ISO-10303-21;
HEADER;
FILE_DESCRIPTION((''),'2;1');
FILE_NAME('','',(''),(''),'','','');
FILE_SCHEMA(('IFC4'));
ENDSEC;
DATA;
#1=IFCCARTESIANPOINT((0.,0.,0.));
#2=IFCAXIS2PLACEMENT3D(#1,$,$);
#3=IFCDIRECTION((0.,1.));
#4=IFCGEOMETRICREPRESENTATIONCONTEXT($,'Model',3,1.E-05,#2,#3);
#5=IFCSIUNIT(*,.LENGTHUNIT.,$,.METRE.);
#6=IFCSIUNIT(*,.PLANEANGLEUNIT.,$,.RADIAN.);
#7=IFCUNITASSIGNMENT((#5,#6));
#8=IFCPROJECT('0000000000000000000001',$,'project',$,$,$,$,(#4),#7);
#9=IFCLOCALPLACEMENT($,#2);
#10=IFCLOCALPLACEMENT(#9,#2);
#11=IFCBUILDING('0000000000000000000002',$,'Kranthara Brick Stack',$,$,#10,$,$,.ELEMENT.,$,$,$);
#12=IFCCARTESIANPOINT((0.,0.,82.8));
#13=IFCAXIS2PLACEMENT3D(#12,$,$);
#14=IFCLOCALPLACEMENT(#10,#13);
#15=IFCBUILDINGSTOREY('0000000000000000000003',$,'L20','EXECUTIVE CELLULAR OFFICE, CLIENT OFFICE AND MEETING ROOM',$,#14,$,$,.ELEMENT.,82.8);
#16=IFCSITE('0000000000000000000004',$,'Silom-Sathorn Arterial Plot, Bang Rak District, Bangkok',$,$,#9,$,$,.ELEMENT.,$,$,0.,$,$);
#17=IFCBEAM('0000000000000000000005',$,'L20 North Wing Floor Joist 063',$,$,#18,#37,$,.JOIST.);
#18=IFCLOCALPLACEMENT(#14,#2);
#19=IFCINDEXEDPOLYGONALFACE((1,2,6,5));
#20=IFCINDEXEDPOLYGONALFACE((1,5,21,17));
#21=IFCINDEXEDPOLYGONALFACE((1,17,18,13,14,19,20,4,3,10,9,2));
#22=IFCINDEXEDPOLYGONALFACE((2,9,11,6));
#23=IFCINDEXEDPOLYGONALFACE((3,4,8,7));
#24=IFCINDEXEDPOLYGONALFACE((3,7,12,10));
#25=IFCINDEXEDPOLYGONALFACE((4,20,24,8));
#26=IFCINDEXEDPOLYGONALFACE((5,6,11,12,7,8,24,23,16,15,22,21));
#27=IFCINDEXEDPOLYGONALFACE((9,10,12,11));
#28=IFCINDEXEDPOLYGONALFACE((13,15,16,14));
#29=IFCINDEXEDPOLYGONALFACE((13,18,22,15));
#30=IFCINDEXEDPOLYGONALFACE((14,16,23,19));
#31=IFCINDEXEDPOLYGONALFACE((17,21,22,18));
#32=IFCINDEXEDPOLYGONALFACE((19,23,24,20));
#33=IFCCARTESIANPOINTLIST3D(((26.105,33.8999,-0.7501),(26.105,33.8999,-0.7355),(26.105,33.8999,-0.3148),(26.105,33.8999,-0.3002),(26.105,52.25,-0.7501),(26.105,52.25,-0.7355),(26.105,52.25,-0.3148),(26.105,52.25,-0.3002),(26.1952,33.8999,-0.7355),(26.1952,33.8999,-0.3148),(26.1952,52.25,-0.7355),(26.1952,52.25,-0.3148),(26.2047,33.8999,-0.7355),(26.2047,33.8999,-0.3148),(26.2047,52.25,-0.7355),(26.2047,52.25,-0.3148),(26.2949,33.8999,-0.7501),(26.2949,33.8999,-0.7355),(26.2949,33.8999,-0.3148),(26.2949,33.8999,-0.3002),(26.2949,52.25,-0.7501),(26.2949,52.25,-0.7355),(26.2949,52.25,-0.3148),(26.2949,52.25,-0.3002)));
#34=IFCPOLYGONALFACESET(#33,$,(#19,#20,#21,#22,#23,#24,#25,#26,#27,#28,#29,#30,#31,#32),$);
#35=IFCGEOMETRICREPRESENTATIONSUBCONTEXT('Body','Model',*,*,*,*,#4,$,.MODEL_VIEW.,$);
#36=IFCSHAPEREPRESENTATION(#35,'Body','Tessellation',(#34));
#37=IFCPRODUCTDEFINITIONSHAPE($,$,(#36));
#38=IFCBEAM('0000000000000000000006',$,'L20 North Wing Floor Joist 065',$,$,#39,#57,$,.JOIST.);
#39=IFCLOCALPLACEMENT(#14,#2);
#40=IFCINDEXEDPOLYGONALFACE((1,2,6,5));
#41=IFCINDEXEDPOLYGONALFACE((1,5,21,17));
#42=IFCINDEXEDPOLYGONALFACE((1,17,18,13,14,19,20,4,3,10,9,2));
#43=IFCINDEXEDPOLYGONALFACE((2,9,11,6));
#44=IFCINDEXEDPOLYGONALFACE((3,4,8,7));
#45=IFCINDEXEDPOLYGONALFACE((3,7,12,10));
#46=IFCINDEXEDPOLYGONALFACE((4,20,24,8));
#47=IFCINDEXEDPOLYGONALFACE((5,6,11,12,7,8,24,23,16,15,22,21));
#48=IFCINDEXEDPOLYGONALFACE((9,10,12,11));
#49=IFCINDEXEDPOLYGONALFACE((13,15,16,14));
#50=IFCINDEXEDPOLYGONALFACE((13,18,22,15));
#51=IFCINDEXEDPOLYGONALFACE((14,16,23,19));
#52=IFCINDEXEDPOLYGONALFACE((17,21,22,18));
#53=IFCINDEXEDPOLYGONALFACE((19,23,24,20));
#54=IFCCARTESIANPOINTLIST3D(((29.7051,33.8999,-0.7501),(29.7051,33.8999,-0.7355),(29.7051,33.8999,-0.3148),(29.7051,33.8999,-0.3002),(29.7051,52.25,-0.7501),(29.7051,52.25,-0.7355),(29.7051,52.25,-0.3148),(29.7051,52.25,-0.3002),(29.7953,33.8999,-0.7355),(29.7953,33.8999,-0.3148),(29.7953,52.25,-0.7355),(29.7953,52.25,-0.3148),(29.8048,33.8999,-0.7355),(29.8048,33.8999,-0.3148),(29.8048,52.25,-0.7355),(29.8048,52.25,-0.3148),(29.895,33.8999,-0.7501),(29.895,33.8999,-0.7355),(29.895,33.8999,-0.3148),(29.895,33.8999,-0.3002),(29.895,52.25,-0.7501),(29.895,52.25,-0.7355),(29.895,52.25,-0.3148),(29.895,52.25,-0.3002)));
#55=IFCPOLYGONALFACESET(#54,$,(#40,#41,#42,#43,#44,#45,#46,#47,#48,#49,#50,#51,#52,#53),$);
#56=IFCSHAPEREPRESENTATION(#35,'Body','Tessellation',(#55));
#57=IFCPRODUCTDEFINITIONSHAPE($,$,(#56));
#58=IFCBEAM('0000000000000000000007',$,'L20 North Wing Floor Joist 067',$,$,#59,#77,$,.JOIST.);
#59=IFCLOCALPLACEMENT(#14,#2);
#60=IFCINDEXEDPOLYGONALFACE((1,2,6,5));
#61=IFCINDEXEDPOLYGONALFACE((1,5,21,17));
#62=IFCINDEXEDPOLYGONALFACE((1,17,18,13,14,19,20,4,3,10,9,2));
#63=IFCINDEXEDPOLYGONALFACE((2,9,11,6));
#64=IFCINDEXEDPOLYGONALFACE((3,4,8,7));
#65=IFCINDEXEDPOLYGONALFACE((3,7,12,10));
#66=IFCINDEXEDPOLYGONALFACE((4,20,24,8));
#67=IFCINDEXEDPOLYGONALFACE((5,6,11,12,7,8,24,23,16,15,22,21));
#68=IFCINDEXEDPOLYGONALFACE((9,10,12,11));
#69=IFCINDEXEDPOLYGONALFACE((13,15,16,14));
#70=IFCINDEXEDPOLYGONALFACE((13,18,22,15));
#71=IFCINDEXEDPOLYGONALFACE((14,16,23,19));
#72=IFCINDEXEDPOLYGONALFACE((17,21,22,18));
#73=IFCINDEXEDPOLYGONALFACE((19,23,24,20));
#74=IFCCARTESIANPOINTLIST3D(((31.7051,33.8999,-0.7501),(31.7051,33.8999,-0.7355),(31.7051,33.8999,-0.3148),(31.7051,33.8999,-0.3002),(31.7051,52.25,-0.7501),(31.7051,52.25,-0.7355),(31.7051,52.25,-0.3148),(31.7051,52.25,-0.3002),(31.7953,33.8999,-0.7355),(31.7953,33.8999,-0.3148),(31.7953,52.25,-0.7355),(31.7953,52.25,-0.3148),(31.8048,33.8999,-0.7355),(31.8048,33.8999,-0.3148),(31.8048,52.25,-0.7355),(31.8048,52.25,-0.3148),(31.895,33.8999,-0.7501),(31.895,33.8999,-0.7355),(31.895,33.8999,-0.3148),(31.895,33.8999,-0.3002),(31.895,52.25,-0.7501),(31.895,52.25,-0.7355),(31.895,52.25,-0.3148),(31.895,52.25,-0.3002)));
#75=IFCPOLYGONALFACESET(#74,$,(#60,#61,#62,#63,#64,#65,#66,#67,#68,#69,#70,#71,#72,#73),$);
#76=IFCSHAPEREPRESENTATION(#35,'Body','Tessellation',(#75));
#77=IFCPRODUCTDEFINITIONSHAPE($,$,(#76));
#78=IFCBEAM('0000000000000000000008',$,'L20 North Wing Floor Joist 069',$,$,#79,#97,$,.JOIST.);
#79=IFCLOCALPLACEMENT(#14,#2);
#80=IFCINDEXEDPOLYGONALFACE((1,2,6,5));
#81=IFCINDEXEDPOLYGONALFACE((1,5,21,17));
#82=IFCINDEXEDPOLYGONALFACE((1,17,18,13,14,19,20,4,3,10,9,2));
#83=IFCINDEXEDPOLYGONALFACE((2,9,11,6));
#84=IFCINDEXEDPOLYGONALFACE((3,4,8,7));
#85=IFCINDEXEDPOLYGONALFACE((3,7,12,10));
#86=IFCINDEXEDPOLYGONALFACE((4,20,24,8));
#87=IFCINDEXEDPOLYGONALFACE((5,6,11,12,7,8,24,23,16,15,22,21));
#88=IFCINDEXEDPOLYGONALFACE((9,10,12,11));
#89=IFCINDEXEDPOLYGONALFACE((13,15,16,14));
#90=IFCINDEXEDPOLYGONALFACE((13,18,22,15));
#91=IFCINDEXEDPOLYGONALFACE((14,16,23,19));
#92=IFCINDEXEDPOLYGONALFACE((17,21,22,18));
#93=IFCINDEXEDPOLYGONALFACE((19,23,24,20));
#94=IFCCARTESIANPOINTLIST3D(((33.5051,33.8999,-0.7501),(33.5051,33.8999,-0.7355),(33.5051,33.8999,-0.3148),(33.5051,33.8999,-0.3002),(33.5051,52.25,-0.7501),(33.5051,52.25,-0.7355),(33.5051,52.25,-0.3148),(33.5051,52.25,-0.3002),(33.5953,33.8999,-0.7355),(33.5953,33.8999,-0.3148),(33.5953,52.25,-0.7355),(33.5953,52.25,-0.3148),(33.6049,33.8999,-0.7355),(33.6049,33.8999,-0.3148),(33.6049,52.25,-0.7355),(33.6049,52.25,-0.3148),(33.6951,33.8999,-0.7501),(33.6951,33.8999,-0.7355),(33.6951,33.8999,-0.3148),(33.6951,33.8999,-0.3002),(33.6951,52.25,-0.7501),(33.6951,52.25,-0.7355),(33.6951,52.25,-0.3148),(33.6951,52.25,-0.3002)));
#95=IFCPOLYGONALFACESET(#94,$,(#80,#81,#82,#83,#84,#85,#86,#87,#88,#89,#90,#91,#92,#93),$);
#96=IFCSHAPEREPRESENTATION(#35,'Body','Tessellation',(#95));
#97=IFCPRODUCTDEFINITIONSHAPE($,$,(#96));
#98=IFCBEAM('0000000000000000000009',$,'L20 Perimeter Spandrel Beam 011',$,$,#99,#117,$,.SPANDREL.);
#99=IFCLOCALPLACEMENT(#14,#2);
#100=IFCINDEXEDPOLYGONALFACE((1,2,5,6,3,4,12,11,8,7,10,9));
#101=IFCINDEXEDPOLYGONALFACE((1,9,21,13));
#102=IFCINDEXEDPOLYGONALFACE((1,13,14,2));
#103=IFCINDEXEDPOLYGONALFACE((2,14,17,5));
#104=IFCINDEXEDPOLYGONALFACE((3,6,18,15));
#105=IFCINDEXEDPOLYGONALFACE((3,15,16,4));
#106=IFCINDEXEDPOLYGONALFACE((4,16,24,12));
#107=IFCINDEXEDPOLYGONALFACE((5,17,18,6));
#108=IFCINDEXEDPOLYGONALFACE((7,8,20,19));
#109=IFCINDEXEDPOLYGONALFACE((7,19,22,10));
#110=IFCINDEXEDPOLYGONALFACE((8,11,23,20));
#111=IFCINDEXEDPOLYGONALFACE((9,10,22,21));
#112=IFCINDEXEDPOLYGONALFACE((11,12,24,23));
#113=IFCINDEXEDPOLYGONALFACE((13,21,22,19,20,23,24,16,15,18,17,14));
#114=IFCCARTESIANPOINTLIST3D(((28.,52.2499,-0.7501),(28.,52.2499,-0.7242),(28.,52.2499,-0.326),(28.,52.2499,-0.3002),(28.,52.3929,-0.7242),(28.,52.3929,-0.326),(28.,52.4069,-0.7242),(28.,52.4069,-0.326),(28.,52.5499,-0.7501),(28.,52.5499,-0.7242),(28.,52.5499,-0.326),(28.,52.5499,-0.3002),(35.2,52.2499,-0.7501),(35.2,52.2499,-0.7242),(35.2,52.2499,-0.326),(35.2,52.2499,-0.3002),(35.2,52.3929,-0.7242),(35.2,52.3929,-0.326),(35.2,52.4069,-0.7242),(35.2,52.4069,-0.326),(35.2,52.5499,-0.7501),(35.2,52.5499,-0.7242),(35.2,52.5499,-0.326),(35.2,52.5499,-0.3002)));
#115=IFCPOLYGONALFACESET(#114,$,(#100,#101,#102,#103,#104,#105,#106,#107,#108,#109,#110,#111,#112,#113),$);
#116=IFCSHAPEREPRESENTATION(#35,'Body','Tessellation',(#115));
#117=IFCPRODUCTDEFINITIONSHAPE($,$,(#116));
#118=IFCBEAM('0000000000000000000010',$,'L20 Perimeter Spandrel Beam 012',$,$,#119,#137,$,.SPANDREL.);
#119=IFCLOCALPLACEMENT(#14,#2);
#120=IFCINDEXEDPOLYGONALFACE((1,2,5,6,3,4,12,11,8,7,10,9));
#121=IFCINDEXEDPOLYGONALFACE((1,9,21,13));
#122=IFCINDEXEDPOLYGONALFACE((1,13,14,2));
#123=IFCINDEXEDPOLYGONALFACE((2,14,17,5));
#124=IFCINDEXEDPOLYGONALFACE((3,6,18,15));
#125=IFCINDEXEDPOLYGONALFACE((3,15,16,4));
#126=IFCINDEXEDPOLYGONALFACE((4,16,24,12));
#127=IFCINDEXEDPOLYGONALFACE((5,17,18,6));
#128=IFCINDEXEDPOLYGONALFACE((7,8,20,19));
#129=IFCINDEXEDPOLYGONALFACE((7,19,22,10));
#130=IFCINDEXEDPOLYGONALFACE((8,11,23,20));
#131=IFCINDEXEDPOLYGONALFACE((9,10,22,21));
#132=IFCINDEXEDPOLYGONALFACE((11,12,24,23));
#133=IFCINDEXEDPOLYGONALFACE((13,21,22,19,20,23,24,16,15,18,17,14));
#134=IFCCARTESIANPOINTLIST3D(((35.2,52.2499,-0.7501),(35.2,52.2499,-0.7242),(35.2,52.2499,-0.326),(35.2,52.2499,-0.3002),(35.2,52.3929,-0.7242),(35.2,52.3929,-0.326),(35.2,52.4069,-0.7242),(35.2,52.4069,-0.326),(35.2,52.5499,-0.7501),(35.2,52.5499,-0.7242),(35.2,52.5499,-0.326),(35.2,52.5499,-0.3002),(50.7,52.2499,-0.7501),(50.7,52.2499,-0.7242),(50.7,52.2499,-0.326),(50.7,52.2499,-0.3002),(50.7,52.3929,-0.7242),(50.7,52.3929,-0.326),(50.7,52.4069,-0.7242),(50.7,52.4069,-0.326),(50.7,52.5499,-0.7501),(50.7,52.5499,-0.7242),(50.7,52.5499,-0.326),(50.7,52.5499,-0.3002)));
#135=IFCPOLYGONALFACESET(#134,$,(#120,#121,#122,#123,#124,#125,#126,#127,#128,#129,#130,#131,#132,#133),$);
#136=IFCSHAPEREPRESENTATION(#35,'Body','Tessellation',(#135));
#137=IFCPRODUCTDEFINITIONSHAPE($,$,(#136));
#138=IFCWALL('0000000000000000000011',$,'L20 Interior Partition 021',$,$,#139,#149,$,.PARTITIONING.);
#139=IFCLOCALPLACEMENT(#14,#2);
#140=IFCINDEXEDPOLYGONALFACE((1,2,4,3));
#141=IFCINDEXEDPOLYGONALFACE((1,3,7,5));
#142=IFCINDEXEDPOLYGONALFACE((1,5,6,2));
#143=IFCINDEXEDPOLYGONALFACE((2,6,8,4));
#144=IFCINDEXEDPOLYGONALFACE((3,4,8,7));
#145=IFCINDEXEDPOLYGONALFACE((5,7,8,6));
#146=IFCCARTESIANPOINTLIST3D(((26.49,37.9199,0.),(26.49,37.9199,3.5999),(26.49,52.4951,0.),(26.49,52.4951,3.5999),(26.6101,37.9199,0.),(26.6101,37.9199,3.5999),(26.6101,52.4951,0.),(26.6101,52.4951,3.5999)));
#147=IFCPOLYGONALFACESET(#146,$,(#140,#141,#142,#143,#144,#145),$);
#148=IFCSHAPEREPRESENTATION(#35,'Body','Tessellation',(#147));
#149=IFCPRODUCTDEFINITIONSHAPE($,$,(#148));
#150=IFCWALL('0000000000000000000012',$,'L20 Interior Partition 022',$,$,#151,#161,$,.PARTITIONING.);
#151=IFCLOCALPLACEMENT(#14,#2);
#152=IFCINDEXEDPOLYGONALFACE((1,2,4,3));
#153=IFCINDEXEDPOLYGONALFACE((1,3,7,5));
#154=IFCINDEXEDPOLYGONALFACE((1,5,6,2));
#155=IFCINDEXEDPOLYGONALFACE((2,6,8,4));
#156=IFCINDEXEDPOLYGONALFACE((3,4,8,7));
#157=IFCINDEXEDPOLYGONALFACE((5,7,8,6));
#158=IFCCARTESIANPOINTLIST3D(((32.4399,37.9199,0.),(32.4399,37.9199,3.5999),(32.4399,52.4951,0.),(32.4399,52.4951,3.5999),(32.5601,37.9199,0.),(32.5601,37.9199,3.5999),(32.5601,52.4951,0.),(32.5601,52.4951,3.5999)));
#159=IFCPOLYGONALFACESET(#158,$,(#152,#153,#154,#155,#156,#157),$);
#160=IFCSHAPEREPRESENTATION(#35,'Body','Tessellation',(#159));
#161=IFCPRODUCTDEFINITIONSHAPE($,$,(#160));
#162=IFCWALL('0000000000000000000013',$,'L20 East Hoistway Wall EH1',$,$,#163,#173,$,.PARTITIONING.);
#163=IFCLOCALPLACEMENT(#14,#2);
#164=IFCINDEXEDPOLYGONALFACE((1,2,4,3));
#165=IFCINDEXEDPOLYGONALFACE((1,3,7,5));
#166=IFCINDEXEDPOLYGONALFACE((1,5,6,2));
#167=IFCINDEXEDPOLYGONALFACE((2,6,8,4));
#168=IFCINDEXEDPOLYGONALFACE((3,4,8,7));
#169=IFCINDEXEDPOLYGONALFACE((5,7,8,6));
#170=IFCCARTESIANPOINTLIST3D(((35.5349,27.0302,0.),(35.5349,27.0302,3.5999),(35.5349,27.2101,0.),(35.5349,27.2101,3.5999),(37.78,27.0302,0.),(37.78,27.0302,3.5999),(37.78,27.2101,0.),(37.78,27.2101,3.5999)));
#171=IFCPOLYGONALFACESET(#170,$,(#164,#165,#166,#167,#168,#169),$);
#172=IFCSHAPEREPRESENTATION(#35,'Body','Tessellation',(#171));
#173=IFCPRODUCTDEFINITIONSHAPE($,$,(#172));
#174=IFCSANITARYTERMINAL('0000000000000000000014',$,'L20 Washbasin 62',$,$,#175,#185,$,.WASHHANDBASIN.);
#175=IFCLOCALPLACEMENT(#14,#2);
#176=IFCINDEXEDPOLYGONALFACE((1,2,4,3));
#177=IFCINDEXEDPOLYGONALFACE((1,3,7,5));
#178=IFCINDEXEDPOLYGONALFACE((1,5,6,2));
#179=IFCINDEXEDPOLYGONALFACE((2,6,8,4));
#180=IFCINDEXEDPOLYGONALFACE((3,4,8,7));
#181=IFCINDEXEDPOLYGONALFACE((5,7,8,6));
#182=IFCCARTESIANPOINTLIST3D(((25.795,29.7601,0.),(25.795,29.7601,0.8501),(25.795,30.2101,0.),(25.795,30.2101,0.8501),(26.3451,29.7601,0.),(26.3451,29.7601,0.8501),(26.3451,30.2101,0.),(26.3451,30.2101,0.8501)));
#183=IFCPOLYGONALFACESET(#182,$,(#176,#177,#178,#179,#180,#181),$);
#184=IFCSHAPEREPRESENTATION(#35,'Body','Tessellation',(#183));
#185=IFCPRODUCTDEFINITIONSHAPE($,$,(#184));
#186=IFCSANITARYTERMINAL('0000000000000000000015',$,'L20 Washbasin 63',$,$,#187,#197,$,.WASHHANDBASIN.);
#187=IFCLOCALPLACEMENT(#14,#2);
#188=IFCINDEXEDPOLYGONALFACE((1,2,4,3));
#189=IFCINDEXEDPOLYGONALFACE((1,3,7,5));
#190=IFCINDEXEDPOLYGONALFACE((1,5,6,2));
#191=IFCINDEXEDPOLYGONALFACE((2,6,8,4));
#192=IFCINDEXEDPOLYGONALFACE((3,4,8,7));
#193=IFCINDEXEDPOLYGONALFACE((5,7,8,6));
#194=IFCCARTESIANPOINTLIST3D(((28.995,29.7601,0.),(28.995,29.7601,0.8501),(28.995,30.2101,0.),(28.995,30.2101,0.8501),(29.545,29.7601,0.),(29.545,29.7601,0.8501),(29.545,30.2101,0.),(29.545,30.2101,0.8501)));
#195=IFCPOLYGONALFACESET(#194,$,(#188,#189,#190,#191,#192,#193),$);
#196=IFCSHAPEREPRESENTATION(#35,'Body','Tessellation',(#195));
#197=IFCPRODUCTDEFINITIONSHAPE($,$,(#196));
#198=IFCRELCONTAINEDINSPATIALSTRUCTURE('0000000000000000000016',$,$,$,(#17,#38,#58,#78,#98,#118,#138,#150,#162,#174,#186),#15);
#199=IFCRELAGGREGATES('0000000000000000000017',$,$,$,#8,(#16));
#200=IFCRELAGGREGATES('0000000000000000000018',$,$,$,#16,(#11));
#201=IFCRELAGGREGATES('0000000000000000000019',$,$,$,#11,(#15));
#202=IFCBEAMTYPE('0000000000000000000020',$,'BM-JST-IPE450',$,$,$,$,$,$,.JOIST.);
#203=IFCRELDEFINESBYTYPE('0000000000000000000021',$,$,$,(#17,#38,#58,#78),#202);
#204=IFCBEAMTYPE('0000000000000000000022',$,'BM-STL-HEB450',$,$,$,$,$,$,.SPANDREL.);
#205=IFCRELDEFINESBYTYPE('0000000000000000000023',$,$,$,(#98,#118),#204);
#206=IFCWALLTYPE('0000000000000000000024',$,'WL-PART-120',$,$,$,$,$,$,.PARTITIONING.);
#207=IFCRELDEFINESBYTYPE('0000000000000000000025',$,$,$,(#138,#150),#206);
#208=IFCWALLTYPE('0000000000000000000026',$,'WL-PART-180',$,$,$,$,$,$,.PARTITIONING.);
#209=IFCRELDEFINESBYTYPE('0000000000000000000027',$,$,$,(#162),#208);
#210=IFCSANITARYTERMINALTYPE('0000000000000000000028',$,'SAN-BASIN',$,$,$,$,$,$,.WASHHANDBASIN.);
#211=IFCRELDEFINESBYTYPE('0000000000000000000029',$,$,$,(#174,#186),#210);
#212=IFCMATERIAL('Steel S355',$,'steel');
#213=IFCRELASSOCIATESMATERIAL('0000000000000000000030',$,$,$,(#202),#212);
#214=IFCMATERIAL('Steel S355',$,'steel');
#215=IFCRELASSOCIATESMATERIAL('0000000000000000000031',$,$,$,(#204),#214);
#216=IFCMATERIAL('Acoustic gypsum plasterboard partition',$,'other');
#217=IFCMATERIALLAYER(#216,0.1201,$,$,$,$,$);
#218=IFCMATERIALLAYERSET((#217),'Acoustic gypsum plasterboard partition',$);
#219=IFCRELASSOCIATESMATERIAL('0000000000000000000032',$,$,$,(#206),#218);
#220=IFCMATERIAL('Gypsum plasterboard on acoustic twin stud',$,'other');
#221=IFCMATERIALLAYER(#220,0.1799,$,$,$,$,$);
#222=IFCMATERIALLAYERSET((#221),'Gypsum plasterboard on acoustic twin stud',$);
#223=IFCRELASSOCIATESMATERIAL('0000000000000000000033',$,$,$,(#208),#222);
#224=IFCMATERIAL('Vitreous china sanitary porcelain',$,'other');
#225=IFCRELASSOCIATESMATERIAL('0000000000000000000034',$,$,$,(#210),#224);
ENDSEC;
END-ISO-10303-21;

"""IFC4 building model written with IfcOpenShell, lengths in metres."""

from ifc_helpers import new_model, si_unit, direction, frame, frame_2d, origin, origin_2d, place, context, subcontext, project, spatial, rectangle, i_section, extrude, material, layer, layer_set, material_profile, profile_set, type_object, element, save


model = new_model("IFC4")

# Units and contexts
model_context = context("Model", 3, precision=1e-05, world=origin(), true_north=direction((0.0, 1.0)))
body_context = subcontext(model_context, "Body", "Model", "MODEL_VIEW")
ifc_project = project(units=[si_unit("LENGTHUNIT", "METRE"), si_unit("PLANEANGLEUNIT", "RADIAN")], contexts=[model_context])

# Site, building, storey
site_placement = place(None, origin())
site = spatial("IfcSite", under=ifc_project, at=site_placement, Name="Silom-Sathorn Arterial Plot, Bang Rak District, Bangkok", CompositionType="ELEMENT", RefElevation=0.0)
building_placement = place(site_placement, origin())
building = spatial("IfcBuilding", under=site, at=building_placement, Name="Kranthara Brick Stack", CompositionType="ELEMENT")
storey_placement = place(building_placement, frame((0.0, 0.0, 82.8)))
storey = spatial("IfcBuildingStorey", under=building, at=storey_placement, Name="L20", Description="EXECUTIVE CELLULAR OFFICE, CLIENT OFFICE AND MEETING ROOM", CompositionType="ELEMENT", Elevation=82.8)

# Beams
ifc_material_1 = material(Name="Steel S355", Category="steel")
ifc_material_profile_1 = material_profile(ifc_material_1, i_section(OverallWidth=0.1899, OverallDepth=0.45, WebThickness=0.0095, FlangeThickness=0.0146, at=origin_2d()), Name="IPE 450")
ifc_profile_set_1 = profile_set([ifc_material_profile_1], Name="Steel S355")
beam_type_1 = type_object("IfcBeamType", Name="BM-JST-IPE450", PredefinedType="JOIST", material=ifc_profile_set_1)
for number, where, z_axis, x_axis, name in (
    (1, (26.2, 33.8999, -0.5251), (0.0, 1.0, 0.0), (-1.0, 0.0, 0.0), "L20 North Wing Floor Joist 063"),
    (2, (29.8, 33.8999, -0.5251), (0.0, 1.0, 0.0), (-1.0, 0.0, 0.0), "L20 North Wing Floor Joist 065"),
    (3, (31.8, 33.8999, -0.5251), (0.0, 1.0, 0.0), (-1.0, 0.0, 0.0), "L20 North Wing Floor Joist 067"),
    (4, (33.6001, 33.8999, -0.5251), (0.0, 1.0, 0.0), (-1.0, 0.0, 0.0), "L20 North Wing Floor Joist 069"),
):
    element("IfcBeam", number, at=place(storey_placement, frame(where, z_axis=z_axis, x_axis=x_axis)), inside=storey, type_object=beam_type_1, Name=name, PredefinedType="JOIST", context=body_context, shape_type="SweptSolid", body=[
        extrude(i_section(OverallWidth=0.1899, OverallDepth=0.45, WebThickness=0.0095, FlangeThickness=0.0146, at=origin_2d()), origin(), (0.0, 0.0, 1.0), 18.3501),
    ])
ifc_material_2 = material(Name="Steel S355", Category="steel")
ifc_material_profile_2 = material_profile(ifc_material_2, i_section(OverallWidth=0.3, OverallDepth=0.45, WebThickness=0.0139, FlangeThickness=0.0259, at=origin_2d()), Name="HEB 450")
ifc_profile_set_2 = profile_set([ifc_material_profile_2], Name="Steel S355")
beam_type_2 = type_object("IfcBeamType", Name="BM-STL-HEB450", PredefinedType="SPANDREL", material=ifc_profile_set_2)
beam_1_placement = place(storey_placement, frame((28.0, 52.3999, -0.5251), z_axis=(1.0, 0.0, 0.0), x_axis=(0.0, 1.0, 0.0)))
element("IfcBeam", 5, at=beam_1_placement, inside=storey, type_object=beam_type_2, Name="L20 Perimeter Spandrel Beam 011", PredefinedType="SPANDREL", context=body_context, shape_type="SweptSolid", body=[
    extrude(i_section(OverallWidth=0.3, OverallDepth=0.45, WebThickness=0.0139, FlangeThickness=0.0259, at=origin_2d()), origin(), (0.0, 0.0, 1.0), 7.2),
])
beam_2_placement = place(storey_placement, frame((35.2, 52.3999, -0.5251), z_axis=(1.0, 0.0, 0.0), x_axis=(0.0, 1.0, 0.0)))
element("IfcBeam", 6, at=beam_2_placement, inside=storey, type_object=beam_type_2, Name="L20 Perimeter Spandrel Beam 012", PredefinedType="SPANDREL", context=body_context, shape_type="SweptSolid", body=[
    extrude(i_section(OverallWidth=0.3, OverallDepth=0.45, WebThickness=0.0139, FlangeThickness=0.0259, at=origin_2d()), origin(), (0.0, 0.0, 1.0), 15.5),
])

# Walls
ifc_material_3 = material(Name="Acoustic gypsum plasterboard partition", Category="other")
ifc_layer_1 = layer(ifc_material_3, 0.1201)
ifc_layer_set_1 = layer_set([ifc_layer_1], Name="Acoustic gypsum plasterboard partition")
wall_type_1 = type_object("IfcWallType", Name="WL-PART-120", PredefinedType="PARTITIONING", material=ifc_layer_set_1)
for number, where, z_axis, x_axis, name in (
    (7, (26.55, 37.9199, 0.0), (0.0, 0.0, 1.0), (0.0, 1.0, 0.0), "L20 Interior Partition 021"),
    (8, (32.5, 37.9199, 0.0), (0.0, 0.0, 1.0), (0.0, 1.0, 0.0), "L20 Interior Partition 022"),
):
    element("IfcWall", number, at=place(storey_placement, frame(where, z_axis=z_axis, x_axis=x_axis)), inside=storey, type_object=wall_type_1, Name=name, PredefinedType="PARTITIONING", context=body_context, shape_type="SweptSolid", body=[
        extrude(rectangle(XDim=14.5752, YDim=0.1201, at=frame_2d((7.2876, 0.0))), origin(), (0.0, 0.0, 1.0), 3.5999),
    ])
ifc_material_4 = material(Name="Gypsum plasterboard on acoustic twin stud", Category="other")
ifc_layer_2 = layer(ifc_material_4, 0.1799)
ifc_layer_set_2 = layer_set([ifc_layer_2], Name="Gypsum plasterboard on acoustic twin stud")
wall_type_2 = type_object("IfcWallType", Name="WL-PART-180", PredefinedType="PARTITIONING", material=ifc_layer_set_2)
wall_placement = place(storey_placement, frame((35.5349, 27.1201, 0.0), z_axis=(0.0, 0.0, 1.0), x_axis=(1.0, 0.0, 0.0)))
element("IfcWall", 9, at=wall_placement, inside=storey, type_object=wall_type_2, Name="L20 East Hoistway Wall EH1", PredefinedType="PARTITIONING", context=body_context, shape_type="SweptSolid", body=[
    extrude(rectangle(XDim=2.2451, YDim=0.1799, at=frame_2d((1.1226, 0.0))), origin(), (0.0, 0.0, 1.0), 3.5999),
])

# Sanitary terminals
ifc_material_5 = material(Name="Vitreous china sanitary porcelain", Category="other")
sanitary_terminal_type_1 = type_object("IfcSanitaryTerminalType", Name="SAN-BASIN", PredefinedType="WASHHANDBASIN", material=ifc_material_5)
for number, where, z_axis, x_axis, name in (
    (10, (26.0701, 29.9851, 0.0), (0.0, 0.0, 1.0), (1.0, 0.0, 0.0), "L20 Washbasin 62"),
    (11, (29.27, 29.9851, 0.0), (0.0, 0.0, 1.0), (1.0, 0.0, 0.0), "L20 Washbasin 63"),
):
    element("IfcSanitaryTerminal", number, at=place(storey_placement, frame(where, z_axis=z_axis, x_axis=x_axis)), inside=storey, type_object=sanitary_terminal_type_1, Name=name, PredefinedType="WASHHANDBASIN", context=body_context, shape_type="SweptSolid", body=[
        extrude(rectangle(XDim=0.55, YDim=0.45, at=origin_2d()), origin(), (0.0, 0.0, 1.0), 0.8501),
    ])

save(model, "model.ifc")
